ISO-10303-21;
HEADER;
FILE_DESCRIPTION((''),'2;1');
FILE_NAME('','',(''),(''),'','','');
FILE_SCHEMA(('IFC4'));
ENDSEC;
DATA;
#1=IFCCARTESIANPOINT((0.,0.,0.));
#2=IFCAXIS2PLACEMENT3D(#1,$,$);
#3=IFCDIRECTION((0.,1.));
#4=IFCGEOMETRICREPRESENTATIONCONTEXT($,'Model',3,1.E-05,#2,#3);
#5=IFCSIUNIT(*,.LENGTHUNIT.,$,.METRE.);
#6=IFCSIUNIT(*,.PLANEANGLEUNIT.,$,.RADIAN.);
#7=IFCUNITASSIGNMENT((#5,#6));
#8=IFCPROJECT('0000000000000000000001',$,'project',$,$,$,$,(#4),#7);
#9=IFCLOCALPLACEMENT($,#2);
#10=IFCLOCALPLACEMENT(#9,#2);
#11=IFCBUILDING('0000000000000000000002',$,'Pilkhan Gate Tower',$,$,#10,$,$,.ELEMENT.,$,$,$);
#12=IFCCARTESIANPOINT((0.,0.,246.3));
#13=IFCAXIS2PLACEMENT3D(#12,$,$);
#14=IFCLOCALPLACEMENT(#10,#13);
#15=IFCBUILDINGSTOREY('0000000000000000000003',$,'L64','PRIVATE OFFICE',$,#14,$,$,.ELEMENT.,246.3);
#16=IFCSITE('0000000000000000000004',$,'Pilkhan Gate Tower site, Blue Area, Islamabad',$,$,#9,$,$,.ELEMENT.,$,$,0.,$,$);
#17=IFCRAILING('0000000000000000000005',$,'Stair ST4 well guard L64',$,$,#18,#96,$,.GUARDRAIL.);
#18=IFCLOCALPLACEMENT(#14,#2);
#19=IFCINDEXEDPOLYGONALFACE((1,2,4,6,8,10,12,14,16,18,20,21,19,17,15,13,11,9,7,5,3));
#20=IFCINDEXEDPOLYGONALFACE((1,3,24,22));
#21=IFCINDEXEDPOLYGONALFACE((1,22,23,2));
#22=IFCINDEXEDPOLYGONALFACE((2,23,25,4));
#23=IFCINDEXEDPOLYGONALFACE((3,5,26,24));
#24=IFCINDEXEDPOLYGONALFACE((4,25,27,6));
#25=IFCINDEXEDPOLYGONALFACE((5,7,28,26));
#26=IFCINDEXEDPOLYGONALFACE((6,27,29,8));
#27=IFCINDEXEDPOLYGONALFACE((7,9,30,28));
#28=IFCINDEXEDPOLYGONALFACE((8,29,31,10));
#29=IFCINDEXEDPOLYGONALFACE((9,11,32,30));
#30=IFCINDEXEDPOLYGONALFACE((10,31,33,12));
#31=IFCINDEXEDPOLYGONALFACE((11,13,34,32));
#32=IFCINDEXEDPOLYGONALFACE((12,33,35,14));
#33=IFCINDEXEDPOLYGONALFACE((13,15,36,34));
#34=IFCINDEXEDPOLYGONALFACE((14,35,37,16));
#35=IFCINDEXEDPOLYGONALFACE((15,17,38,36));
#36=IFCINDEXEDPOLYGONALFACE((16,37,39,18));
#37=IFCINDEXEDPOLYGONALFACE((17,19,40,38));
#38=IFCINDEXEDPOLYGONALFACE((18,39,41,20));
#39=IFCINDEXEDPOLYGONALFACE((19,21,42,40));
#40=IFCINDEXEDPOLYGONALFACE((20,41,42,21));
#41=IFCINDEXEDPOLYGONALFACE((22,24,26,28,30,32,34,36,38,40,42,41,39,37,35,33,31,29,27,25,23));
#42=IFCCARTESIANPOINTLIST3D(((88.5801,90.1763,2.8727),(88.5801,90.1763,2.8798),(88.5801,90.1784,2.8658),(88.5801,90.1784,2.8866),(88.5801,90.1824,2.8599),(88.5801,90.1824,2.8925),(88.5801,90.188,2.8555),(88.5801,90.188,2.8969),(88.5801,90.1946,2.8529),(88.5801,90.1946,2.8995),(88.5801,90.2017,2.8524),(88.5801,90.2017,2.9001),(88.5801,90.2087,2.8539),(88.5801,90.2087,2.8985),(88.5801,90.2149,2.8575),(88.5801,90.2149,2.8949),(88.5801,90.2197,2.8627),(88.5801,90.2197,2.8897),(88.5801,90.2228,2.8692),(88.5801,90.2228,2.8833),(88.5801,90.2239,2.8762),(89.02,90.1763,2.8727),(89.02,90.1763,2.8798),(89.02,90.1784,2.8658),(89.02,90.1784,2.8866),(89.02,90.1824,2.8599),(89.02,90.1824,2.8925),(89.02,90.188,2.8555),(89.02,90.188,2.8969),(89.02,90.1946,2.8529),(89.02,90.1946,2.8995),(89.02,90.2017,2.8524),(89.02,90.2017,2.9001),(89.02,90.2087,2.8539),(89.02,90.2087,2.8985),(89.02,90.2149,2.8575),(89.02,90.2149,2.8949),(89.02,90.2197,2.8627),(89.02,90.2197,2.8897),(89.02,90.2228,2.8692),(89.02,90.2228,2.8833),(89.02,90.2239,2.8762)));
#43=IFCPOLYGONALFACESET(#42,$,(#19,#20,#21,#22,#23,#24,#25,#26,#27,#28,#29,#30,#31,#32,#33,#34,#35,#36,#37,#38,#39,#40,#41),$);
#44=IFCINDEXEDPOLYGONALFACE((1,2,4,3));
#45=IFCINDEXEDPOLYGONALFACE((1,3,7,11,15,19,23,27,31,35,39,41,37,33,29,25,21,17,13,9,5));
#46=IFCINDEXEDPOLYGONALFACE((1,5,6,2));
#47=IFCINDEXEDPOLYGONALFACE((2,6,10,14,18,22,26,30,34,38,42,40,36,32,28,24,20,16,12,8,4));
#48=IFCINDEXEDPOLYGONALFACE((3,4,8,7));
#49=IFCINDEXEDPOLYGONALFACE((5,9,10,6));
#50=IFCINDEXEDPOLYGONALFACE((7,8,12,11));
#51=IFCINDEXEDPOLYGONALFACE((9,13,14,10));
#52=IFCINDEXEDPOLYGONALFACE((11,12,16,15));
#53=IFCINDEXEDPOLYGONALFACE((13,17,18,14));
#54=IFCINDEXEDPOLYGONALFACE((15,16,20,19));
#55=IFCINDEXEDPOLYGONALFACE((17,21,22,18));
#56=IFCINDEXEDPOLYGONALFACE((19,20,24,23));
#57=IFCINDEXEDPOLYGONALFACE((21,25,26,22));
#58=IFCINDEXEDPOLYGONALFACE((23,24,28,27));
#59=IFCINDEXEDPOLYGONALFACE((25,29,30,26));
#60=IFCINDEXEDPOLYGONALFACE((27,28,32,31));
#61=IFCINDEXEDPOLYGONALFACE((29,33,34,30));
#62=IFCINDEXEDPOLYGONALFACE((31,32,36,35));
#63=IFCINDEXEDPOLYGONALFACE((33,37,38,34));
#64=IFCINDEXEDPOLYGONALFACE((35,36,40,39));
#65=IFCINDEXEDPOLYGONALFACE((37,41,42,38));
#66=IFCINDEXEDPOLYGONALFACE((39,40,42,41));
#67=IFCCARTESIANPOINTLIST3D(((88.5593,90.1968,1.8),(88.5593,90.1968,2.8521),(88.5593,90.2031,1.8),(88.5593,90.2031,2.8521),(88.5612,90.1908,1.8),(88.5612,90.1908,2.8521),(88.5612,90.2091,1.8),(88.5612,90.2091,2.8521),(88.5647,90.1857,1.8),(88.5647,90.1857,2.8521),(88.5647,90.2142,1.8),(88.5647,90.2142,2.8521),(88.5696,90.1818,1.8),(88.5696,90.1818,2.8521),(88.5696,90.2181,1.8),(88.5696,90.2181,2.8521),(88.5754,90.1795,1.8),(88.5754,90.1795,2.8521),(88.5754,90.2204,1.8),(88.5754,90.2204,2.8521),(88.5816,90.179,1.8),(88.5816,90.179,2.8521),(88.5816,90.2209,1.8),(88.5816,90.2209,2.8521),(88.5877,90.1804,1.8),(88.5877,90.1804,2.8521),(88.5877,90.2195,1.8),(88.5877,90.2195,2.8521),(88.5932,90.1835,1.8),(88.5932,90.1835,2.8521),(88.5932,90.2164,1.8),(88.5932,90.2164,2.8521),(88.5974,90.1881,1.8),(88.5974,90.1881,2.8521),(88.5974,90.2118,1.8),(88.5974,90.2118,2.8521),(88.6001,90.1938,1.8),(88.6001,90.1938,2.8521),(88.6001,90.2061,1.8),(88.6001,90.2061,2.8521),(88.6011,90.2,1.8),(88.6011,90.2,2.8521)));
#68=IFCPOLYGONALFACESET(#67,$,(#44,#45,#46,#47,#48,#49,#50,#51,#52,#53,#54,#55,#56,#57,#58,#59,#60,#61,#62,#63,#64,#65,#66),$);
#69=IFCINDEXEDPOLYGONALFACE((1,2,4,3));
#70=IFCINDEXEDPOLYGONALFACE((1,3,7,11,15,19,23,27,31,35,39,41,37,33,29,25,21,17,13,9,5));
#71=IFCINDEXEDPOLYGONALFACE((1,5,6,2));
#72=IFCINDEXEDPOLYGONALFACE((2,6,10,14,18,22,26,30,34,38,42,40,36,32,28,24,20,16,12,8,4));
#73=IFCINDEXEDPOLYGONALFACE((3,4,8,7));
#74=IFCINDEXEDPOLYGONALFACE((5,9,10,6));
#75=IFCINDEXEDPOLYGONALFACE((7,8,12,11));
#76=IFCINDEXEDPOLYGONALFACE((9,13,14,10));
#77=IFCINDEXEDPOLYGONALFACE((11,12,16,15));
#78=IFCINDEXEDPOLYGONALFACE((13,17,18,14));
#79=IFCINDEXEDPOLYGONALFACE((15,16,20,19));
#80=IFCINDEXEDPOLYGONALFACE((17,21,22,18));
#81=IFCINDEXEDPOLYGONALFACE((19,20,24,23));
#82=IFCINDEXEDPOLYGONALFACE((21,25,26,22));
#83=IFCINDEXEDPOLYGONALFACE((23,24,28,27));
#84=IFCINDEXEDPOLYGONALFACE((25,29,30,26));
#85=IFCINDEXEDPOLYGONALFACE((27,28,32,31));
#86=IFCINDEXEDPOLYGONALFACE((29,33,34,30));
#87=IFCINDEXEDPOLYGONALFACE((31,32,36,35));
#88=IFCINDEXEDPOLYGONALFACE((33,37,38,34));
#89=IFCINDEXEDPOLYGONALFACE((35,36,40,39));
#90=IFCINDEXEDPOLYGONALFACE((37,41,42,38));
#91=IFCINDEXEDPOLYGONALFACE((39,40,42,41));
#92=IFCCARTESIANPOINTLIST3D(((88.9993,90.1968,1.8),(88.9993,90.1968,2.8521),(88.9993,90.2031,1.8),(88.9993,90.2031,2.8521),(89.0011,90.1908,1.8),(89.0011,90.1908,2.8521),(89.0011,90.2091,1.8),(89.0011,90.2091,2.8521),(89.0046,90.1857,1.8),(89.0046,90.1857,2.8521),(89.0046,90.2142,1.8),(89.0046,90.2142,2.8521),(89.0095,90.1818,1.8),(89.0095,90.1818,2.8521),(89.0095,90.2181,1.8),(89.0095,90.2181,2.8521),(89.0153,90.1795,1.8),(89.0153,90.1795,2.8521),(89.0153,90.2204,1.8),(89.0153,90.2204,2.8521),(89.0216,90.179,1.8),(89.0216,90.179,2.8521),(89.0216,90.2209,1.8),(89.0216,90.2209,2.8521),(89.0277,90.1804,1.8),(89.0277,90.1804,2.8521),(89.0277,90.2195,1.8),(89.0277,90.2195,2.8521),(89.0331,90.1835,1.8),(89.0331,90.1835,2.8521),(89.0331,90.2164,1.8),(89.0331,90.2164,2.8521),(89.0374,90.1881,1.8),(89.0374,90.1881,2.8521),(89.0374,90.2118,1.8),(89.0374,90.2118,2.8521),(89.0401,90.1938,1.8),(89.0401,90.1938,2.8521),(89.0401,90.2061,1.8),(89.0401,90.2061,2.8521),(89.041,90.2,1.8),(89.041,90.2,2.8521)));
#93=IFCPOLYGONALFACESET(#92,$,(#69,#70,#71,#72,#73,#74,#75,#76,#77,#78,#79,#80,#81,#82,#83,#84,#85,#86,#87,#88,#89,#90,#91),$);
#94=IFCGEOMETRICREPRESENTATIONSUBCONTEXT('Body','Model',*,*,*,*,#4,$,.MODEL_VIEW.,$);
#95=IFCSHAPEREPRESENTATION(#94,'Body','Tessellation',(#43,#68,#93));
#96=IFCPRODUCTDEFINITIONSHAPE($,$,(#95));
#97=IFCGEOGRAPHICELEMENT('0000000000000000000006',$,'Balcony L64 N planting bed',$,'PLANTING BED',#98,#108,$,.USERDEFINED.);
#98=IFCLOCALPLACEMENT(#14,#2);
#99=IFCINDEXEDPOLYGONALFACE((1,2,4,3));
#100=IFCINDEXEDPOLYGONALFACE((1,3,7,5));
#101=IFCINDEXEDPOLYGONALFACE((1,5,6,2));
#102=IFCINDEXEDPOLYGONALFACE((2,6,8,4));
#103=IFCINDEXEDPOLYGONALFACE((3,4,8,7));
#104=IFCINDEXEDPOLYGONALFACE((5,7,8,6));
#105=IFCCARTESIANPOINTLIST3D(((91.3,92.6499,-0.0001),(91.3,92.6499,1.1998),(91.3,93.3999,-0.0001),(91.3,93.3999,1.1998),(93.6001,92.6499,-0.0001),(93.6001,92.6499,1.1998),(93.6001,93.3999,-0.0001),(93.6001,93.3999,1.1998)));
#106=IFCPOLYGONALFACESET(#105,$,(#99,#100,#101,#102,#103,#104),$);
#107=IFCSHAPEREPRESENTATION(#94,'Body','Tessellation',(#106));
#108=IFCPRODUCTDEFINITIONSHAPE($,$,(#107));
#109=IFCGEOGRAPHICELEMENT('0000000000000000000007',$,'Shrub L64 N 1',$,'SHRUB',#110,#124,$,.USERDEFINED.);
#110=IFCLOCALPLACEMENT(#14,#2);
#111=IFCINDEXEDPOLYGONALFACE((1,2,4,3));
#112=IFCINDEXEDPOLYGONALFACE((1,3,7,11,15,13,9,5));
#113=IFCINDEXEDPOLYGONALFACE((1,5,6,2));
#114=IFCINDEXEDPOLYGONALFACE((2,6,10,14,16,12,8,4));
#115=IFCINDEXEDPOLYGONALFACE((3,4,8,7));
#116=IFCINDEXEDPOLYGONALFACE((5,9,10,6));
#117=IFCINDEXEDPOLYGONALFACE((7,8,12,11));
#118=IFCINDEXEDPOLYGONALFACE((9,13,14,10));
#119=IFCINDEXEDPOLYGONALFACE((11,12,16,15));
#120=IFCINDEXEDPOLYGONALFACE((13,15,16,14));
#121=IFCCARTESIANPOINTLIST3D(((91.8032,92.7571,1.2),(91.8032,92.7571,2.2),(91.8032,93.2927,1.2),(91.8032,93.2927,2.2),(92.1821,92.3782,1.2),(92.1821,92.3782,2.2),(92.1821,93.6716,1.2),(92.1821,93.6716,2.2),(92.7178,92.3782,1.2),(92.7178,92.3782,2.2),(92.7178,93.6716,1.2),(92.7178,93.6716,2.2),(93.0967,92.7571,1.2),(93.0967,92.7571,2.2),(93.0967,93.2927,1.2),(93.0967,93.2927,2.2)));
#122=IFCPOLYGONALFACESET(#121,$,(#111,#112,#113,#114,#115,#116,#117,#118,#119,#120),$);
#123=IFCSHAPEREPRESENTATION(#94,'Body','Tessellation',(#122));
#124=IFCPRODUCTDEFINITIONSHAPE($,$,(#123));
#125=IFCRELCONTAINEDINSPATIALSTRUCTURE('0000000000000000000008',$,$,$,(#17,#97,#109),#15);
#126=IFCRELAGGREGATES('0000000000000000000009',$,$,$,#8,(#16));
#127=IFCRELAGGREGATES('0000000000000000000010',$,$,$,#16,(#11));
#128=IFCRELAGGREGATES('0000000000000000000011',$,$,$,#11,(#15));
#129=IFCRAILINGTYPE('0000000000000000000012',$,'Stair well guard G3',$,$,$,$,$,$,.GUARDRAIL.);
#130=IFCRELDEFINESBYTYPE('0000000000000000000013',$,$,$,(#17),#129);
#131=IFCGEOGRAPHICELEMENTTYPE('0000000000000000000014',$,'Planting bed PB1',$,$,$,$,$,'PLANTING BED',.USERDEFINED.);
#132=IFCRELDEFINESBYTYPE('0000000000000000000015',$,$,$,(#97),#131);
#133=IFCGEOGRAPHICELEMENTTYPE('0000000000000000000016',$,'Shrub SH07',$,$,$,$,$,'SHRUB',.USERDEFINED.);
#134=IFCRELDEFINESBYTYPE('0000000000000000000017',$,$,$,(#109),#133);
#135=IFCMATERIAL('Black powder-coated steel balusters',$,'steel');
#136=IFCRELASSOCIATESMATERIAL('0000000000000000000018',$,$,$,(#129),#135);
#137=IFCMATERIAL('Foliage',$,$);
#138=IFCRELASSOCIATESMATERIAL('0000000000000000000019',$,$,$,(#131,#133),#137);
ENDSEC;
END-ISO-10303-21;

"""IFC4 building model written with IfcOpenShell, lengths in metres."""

from ifc_helpers import new_model, si_unit, direction, frame, origin, origin_2d, place, context, subcontext, project, spatial, polyline, rectangle, circle, outline, extrude, material, material_profile, profile_set, type_object, element, save


model = new_model("IFC4")

# Units and contexts
model_context = context("Model", 3, precision=1e-05, world=origin(), true_north=direction((0.0, 1.0)))
body_context = subcontext(model_context, "Body", "Model", "MODEL_VIEW")
ifc_project = project(units=[si_unit("LENGTHUNIT", "METRE"), si_unit("PLANEANGLEUNIT", "RADIAN")], contexts=[model_context])

# Site, building, storey
site_placement = place(None, origin())
site = spatial("IfcSite", under=ifc_project, at=site_placement, Name="Pilkhan Gate Tower site, Blue Area, Islamabad", CompositionType="ELEMENT", RefElevation=0.0)
building_placement = place(site_placement, origin())
building = spatial("IfcBuilding", under=site, at=building_placement, Name="Pilkhan Gate Tower", CompositionType="ELEMENT")
storey_placement = place(building_placement, frame((0.0, 0.0, 246.3)))
storey = spatial("IfcBuildingStorey", under=building, at=storey_placement, Name="L64", Description="PRIVATE OFFICE", CompositionType="ELEMENT", Elevation=246.3)

# Railing
ifc_material_1 = material(Name="Black powder-coated steel balusters", Category="steel")
railing_type_1 = type_object("IfcRailingType", Name="Stair well guard G3", PredefinedType="GUARDRAIL", material=ifc_material_1)
railing_1_placement = place(storey_placement, frame((88.5801, 90.2, 1.8)))
element("IfcRailing", 1, at=railing_1_placement, inside=storey, type_object=railing_type_1, Name="Stair ST4 well guard L64", PredefinedType="GUARDRAIL", context=body_context, shape_type="SweptSolid", body=[
    extrude(circle(Radius=0.0239, at=origin_2d()), frame((0.0, 0.0, 1.0762), z_axis=(1.0, 0.0, 0.0), x_axis=(0.0, 1.0, 0.0)), (0.0, 0.0, 1.0), 0.4399),
    extrude(circle(Radius=0.021, at=origin_2d()), origin(), (0.0, 0.0, 1.0), 1.052),
    extrude(circle(Radius=0.021, at=origin_2d()), frame((0.4399, 0.0, 0.0)), (0.0, 0.0, 1.0), 1.052),
])

# Geographic elements
ifc_material_2 = material(Name="Foliage")
ifc_material_profile_1 = material_profile(ifc_material_2, rectangle(XDim=0.75, YDim=1.2, at=origin_2d()), Name="Bed 750x1200")
ifc_profile_set_1 = profile_set([ifc_material_profile_1], Name="Foliage")
geographic_element_type_1 = type_object("IfcGeographicElementType", Name="Planting bed PB1", ElementType="PLANTING BED", PredefinedType="USERDEFINED", material=ifc_profile_set_1)
geographic_element_1_placement = place(storey_placement, frame((91.3, 93.0249, 0.5999), z_axis=(1.0, 0.0, 0.0), x_axis=(0.0, 1.0, 0.0)))
element("IfcGeographicElement", 2, at=geographic_element_1_placement, inside=storey, type_object=geographic_element_type_1, Name="Balcony L64 N planting bed", ObjectType="PLANTING BED", PredefinedType="USERDEFINED", context=body_context, shape_type="SweptSolid", body=[
    extrude(rectangle(XDim=0.75, YDim=1.2, at=origin_2d()), origin(), (0.0, 0.0, 1.0), 2.3),
])
ifc_material_profile_2 = material_profile(ifc_material_2, outline(polyline([(0.6467, 0.2678), (0.2678, 0.6467), (-0.2678, 0.6467), (-0.6467, 0.2678), (-0.6467, -0.2678), (-0.2678, -0.6467), (0.2678, -0.6467), (0.6467, -0.2678), (0.6467, 0.2678)])), Name="Shrub D1.4")
ifc_profile_set_2 = profile_set([ifc_material_profile_2], Name="Foliage")
geographic_element_type_2 = type_object("IfcGeographicElementType", Name="Shrub SH07", ElementType="SHRUB", PredefinedType="USERDEFINED", material=ifc_profile_set_2)
geographic_element_2_placement = place(storey_placement, frame((92.45, 93.0249, 1.2), z_axis=(0.0, 0.0, 1.0), x_axis=(1.0, 0.0, 0.0)))
element("IfcGeographicElement", 3, at=geographic_element_2_placement, inside=storey, type_object=geographic_element_type_2, Name="Shrub L64 N 1", ObjectType="SHRUB", PredefinedType="USERDEFINED", context=body_context, shape_type="SweptSolid", body=[
    extrude(outline(polyline([(0.6467, 0.2678), (0.2678, 0.6467), (-0.2678, 0.6467), (-0.6467, 0.2678), (-0.6467, -0.2678), (-0.2678, -0.6467), (0.2678, -0.6467), (0.6467, -0.2678), (0.6467, 0.2678)])), origin(), (0.0, 0.0, 1.0), 1.0),
])

save(model, "model.ifc")
